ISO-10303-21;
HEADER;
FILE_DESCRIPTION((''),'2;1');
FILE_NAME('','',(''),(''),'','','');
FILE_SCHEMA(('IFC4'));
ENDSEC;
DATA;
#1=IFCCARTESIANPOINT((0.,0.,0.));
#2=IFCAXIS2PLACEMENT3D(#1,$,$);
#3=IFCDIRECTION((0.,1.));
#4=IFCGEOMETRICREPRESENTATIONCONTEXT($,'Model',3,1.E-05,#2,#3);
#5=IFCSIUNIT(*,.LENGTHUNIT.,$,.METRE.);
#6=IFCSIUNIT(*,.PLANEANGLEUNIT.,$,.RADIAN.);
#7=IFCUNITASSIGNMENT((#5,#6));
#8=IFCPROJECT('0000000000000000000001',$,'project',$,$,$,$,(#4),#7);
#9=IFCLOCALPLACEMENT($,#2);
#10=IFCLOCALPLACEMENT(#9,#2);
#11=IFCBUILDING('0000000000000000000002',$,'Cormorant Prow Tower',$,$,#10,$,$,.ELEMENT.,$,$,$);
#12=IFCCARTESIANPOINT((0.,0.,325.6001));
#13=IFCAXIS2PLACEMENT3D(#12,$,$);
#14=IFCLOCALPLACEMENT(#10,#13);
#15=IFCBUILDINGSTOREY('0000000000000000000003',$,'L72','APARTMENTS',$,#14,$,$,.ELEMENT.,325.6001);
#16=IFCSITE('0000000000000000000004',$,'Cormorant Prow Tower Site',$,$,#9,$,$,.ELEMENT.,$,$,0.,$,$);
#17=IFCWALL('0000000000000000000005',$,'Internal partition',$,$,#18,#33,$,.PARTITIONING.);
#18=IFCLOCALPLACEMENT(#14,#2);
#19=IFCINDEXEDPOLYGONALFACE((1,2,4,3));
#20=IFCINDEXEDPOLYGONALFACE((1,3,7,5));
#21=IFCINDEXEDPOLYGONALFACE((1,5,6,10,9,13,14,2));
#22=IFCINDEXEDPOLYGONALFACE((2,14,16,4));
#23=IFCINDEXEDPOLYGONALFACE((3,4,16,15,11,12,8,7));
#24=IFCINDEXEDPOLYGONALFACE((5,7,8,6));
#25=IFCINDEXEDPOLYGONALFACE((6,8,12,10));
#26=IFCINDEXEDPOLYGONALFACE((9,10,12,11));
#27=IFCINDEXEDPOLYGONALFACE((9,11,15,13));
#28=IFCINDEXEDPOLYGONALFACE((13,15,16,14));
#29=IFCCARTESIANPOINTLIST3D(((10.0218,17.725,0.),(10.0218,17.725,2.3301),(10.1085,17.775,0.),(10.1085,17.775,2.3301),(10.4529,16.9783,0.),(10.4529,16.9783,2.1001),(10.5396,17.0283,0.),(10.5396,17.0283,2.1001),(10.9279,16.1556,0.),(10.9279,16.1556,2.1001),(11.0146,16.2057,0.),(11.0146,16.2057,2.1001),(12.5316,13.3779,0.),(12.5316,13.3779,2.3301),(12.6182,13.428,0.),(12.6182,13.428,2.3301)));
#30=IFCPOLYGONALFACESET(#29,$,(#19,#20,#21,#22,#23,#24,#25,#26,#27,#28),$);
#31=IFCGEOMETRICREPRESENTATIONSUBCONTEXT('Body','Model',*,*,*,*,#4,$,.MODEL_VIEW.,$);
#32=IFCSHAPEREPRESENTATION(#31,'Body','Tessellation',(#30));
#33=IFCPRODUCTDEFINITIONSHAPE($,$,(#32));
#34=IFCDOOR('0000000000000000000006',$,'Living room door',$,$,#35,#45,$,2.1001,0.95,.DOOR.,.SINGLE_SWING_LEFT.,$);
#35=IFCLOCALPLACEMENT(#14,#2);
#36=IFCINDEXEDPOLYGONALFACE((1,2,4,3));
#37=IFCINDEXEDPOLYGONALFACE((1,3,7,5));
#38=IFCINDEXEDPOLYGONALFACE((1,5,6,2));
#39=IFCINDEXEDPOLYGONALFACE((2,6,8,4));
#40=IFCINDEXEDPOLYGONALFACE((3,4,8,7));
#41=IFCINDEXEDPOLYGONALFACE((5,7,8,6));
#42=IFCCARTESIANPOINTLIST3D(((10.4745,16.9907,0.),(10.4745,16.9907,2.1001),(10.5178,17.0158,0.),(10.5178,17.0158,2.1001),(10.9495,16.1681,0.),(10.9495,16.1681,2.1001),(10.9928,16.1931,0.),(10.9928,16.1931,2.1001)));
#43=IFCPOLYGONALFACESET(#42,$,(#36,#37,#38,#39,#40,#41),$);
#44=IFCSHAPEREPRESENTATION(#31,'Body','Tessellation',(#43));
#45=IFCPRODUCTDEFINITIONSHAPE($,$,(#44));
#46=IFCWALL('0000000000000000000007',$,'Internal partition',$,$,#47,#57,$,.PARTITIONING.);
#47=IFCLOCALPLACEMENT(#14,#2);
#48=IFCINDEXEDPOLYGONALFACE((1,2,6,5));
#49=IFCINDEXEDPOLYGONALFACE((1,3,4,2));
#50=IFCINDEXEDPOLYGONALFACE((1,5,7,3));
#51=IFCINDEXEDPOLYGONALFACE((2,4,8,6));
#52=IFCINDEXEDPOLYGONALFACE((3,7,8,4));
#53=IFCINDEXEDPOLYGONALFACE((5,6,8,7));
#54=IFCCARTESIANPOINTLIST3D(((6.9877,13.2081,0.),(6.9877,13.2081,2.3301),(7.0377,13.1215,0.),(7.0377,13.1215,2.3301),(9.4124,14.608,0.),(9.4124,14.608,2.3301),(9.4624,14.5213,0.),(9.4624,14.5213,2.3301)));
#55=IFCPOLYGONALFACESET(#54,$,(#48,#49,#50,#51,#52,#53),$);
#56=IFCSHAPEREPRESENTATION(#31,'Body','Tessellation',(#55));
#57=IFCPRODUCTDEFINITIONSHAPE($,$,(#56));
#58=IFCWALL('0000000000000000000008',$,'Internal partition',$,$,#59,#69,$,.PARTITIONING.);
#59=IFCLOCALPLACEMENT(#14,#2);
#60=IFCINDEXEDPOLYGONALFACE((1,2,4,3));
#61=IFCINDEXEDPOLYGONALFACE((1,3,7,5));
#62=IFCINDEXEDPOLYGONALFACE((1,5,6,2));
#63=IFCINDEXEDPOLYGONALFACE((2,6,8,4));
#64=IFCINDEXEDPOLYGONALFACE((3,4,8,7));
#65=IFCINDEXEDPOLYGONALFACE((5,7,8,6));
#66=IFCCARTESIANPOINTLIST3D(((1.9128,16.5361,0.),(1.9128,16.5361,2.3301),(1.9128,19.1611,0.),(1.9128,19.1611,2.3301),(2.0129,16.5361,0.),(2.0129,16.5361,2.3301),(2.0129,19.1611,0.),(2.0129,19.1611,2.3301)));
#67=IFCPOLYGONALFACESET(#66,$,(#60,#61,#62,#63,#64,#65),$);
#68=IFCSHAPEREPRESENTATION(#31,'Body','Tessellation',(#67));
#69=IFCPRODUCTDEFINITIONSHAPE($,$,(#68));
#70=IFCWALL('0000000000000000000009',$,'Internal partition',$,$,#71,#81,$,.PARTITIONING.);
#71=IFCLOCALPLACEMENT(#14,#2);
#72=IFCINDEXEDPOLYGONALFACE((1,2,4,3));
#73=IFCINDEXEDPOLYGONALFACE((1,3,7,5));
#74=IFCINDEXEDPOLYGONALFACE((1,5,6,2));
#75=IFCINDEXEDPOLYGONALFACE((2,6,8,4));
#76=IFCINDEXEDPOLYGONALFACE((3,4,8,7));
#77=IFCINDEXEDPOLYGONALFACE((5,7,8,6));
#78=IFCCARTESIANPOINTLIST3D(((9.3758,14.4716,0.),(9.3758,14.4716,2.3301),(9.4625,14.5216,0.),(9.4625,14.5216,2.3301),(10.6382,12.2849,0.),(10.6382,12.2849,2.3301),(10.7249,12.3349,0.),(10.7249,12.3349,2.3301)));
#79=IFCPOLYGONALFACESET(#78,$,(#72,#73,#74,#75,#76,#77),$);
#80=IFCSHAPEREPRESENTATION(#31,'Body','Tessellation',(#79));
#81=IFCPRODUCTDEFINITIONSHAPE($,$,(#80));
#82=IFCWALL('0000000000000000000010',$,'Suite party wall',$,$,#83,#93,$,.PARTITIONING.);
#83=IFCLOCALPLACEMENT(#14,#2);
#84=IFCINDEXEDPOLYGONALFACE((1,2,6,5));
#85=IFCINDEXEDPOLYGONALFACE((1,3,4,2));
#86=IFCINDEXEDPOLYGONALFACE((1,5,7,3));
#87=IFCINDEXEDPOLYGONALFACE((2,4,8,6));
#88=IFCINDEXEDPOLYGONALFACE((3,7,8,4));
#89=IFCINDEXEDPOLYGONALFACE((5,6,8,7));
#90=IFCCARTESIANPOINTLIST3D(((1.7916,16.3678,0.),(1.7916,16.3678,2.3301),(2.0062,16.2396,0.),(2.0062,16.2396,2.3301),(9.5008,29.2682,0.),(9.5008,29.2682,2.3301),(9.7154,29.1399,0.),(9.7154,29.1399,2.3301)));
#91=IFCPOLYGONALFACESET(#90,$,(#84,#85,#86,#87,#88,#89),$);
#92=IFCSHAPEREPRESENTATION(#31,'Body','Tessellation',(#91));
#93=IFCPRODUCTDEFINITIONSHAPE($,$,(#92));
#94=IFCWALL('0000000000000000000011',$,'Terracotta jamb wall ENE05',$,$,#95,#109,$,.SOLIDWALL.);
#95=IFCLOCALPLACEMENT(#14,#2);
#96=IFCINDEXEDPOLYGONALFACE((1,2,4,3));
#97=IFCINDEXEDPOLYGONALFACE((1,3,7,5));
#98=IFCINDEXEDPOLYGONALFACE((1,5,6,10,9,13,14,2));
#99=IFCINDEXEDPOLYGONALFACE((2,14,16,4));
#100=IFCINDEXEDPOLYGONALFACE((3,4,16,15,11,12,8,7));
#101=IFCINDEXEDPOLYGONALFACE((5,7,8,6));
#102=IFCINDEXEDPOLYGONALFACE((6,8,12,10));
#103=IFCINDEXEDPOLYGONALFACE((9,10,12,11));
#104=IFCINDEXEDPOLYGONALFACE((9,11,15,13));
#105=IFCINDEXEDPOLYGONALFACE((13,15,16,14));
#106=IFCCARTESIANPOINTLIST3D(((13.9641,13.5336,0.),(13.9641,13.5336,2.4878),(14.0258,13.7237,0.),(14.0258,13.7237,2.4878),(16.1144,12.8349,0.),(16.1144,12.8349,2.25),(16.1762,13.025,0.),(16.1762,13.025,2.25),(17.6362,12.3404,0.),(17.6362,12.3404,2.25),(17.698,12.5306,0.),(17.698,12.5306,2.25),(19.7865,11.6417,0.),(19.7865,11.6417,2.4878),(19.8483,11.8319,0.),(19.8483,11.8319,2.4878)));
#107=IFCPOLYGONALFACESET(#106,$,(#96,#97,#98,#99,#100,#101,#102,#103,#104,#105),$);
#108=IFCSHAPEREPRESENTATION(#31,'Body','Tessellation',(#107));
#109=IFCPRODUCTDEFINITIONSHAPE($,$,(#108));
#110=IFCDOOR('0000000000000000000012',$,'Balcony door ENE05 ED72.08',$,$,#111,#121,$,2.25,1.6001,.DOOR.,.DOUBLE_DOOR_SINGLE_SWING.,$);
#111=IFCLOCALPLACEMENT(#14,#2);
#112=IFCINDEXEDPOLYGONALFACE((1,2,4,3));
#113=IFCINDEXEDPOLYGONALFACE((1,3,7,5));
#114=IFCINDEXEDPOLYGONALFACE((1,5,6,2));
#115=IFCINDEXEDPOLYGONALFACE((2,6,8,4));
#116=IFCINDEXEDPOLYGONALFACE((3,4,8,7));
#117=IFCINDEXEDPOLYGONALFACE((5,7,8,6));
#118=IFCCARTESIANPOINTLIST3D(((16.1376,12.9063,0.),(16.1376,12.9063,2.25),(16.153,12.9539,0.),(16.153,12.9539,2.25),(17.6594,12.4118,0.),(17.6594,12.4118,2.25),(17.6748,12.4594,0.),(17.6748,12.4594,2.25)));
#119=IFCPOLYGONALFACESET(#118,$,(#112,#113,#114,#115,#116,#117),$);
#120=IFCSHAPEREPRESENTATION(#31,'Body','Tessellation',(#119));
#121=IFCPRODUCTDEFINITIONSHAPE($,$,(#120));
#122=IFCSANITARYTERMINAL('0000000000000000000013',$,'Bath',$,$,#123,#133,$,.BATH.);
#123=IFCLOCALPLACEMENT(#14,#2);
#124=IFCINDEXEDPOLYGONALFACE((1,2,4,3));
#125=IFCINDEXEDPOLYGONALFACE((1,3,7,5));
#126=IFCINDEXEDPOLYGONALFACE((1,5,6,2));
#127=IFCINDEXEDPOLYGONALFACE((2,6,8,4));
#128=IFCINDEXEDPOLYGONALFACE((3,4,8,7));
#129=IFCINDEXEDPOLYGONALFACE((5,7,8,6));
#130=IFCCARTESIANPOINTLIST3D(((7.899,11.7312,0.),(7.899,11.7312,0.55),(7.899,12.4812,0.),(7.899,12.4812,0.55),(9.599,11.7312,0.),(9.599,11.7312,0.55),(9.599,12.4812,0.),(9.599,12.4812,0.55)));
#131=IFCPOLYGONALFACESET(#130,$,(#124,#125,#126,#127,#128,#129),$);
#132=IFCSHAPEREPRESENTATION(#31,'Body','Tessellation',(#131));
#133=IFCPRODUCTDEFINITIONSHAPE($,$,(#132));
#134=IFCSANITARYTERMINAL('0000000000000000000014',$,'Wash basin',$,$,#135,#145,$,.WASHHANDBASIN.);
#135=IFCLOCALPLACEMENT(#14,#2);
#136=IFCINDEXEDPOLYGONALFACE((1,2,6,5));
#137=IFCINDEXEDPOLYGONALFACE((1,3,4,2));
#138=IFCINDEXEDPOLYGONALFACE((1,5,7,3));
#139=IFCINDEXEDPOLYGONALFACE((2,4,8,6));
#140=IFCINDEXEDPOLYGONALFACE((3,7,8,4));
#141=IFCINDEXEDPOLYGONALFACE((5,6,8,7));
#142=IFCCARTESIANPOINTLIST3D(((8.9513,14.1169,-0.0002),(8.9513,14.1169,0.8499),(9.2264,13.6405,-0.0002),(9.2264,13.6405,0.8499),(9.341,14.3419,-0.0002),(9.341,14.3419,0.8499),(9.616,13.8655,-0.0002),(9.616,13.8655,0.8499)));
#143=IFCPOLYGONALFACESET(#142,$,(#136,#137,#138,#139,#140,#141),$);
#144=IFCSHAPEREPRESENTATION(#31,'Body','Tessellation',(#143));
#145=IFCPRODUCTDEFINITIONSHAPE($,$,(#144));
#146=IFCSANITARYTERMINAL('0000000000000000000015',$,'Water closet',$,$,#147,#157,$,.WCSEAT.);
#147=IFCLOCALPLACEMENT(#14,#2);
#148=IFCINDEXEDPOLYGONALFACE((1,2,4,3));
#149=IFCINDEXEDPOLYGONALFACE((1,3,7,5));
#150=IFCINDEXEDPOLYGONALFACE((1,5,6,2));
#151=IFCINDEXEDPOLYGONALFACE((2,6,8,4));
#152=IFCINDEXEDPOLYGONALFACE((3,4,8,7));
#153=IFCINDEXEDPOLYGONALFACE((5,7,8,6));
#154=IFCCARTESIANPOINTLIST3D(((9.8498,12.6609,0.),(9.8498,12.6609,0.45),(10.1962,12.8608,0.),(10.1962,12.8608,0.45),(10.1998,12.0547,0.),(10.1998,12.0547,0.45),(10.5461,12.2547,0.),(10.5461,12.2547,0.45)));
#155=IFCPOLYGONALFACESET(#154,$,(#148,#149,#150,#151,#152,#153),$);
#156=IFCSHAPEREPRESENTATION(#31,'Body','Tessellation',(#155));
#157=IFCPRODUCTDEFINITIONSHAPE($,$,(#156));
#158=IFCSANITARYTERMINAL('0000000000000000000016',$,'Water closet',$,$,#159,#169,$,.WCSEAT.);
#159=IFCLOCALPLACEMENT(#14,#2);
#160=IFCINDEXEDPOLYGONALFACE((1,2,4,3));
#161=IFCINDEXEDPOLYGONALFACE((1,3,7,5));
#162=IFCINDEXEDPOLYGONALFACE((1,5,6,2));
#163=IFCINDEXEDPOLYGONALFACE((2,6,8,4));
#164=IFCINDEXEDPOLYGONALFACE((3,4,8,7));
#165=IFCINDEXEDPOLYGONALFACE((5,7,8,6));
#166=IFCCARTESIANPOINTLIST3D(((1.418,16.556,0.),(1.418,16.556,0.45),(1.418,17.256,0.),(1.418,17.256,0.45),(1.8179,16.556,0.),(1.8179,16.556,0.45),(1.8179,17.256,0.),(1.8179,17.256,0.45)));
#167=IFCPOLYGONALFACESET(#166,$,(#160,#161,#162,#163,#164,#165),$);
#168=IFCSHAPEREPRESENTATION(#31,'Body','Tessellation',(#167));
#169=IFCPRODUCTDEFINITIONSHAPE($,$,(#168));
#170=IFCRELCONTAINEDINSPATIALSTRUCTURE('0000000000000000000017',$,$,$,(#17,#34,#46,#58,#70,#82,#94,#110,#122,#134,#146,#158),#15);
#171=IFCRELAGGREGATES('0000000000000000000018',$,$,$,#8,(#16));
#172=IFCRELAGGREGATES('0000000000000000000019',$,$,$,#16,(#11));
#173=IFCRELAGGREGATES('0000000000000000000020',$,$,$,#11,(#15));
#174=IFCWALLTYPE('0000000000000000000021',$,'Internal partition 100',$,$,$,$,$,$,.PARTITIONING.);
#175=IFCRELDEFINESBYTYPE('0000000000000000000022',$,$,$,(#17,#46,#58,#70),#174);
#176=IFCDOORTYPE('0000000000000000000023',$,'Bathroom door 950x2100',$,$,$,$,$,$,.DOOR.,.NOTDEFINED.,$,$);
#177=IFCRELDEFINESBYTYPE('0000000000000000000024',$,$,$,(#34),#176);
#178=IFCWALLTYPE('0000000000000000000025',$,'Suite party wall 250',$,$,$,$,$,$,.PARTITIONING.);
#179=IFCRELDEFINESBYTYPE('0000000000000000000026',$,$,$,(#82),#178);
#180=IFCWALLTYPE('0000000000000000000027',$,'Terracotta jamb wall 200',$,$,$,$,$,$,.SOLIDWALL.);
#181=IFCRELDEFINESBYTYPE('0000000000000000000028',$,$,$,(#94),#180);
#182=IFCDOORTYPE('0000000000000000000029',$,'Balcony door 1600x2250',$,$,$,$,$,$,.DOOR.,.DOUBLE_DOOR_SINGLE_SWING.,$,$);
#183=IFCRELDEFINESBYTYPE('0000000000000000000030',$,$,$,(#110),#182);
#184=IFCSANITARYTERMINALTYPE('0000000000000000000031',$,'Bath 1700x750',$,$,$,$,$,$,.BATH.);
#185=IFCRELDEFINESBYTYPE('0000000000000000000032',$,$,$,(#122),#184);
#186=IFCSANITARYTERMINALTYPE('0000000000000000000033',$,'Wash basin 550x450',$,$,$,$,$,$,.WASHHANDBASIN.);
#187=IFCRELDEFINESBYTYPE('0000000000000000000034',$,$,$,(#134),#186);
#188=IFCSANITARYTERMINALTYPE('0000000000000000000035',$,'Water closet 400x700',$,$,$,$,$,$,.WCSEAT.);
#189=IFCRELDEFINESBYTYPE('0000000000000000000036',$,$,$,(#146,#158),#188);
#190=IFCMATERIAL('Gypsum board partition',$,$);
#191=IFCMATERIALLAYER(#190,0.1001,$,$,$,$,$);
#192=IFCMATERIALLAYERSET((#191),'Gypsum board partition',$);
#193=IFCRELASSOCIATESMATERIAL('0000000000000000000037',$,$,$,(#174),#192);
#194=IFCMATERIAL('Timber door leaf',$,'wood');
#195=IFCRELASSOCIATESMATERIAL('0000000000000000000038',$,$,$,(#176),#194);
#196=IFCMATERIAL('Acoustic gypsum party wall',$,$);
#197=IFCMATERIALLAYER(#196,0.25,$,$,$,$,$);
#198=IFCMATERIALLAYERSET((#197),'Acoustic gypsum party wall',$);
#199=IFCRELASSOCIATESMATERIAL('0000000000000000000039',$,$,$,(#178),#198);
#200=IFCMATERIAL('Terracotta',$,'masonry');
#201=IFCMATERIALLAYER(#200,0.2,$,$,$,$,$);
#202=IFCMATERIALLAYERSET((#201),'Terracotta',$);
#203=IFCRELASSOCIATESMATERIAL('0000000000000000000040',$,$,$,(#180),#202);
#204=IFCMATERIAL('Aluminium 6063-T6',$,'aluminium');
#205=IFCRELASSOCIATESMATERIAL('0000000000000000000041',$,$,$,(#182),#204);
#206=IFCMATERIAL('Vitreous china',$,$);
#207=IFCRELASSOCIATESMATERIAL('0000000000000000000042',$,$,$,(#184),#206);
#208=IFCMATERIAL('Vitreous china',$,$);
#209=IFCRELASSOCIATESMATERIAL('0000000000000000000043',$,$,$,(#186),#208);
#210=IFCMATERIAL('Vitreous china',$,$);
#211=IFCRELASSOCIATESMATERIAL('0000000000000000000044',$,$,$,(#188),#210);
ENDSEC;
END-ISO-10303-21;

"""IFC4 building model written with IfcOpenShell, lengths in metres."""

from ifc_helpers import new_model, si_unit, direction, frame, frame_2d, origin, origin_2d, place, context, subcontext, project, spatial, rectangle, extrude, material, layer, layer_set, type_object, element, fill, save


model = new_model("IFC4")

# Units and contexts
model_context = context("Model", 3, precision=1e-05, world=origin(), true_north=direction((0.0, 1.0)))
body_context = subcontext(model_context, "Body", "Model", "MODEL_VIEW")
ifc_project = project(units=[si_unit("LENGTHUNIT", "METRE"), si_unit("PLANEANGLEUNIT", "RADIAN")], contexts=[model_context])

# Site, building, storey
site_placement = place(None, origin())
site = spatial("IfcSite", under=ifc_project, at=site_placement, Name="Cormorant Prow Tower Site", CompositionType="ELEMENT", RefElevation=0.0)
building_placement = place(site_placement, origin())
building = spatial("IfcBuilding", under=site, at=building_placement, Name="Cormorant Prow Tower", CompositionType="ELEMENT")
storey_placement = place(building_placement, frame((0.0, 0.0, 325.6001)))
storey = spatial("IfcBuildingStorey", under=building, at=storey_placement, Name="L72", Description="APARTMENTS", CompositionType="ELEMENT", Elevation=325.6001)

# Shared definitions
ifc_material_1 = material(Name="Gypsum board partition")
ifc_layer_1 = layer(ifc_material_1, 0.1001)
ifc_layer_set_1 = layer_set([ifc_layer_1], Name="Gypsum board partition")
wall_type_1 = type_object("IfcWallType", Name="Internal partition 100", PredefinedType="PARTITIONING", material=ifc_layer_set_1)
ifc_material_2 = material(Name="Timber door leaf", Category="wood")
door_type_1 = type_object("IfcDoorType", Name="Bathroom door 950x2100", OperationType="NOTDEFINED", PredefinedType="DOOR", material=ifc_material_2)

# Wall, opening, door
wall_1_placement = place(storey_placement, frame((10.0652, 17.75, 0.0), z_axis=(0.0, 0.0, 1.0), x_axis=(0.499989, -0.866032, 0.0)))
wall_1 = element("IfcWall", 1, at=wall_1_placement, inside=storey, type_object=wall_type_1, Name="Internal partition", PredefinedType="PARTITIONING", context=body_context, shape_type="SweptSolid", body=[
    extrude(rectangle(XDim=5.0195, YDim=0.1001, at=frame_2d((2.5098, 0.0))), origin(), (0.0, 0.0, 1.0), 2.3301),
])
opening_1_placement = place(wall_1_placement, frame((0.8621, 0.0, 0.0)))
opening_1 = element("IfcOpeningElement", 2, at=opening_1_placement, cuts=wall_1, PredefinedType="OPENING", context=body_context, shape_type="SweptSolid", body=[
    extrude(rectangle(XDim=0.95, YDim=2.1001, at=frame_2d((0.4751, 1.05))), frame((0.0, 0.0601, 0.0), z_axis=(0.0, -1.0, 0.0), x_axis=(1.0, 0.0, 0.0)), (0.0, 0.0, 1.0), 0.1201),
])
door_1_placement = place(opening_1_placement, origin())
door_1 = element("IfcDoor", 3, at=door_1_placement, inside=storey, type_object=door_type_1, Name="Living room door", OperationType="SINGLE_SWING_LEFT", OverallHeight=2.1001, OverallWidth=0.95, PredefinedType="DOOR", context=body_context, shape_type="SweptSolid", body=[
    extrude(rectangle(XDim=0.95, YDim=2.1001, at=frame_2d((0.4751, 1.05))), frame((0.0, 0.0249, 0.0), z_axis=(0.0, -1.0, 0.0), x_axis=(1.0, 0.0, 0.0)), (0.0, 0.0, 1.0), 0.05),
])
fill(opening_1, door_1)

# Walls
wall_2_placement = place(storey_placement, frame((7.0127, 13.1648, 0.0), z_axis=(0.0, 0.0, 1.0), x_axis=(0.866035, 0.499984, 0.0)))
element("IfcWall", 4, at=wall_2_placement, inside=storey, type_object=wall_type_1, Name="Internal partition", PredefinedType="PARTITIONING", context=body_context, shape_type="SweptSolid", body=[
    extrude(rectangle(XDim=2.7998, YDim=0.1001, at=frame_2d((1.3999, 0.0))), origin(), (0.0, 0.0, 1.0), 2.3301),
])
wall_3_placement = place(storey_placement, frame((1.9629, 16.5361, 0.0), z_axis=(0.0, 0.0, 1.0), x_axis=(0.0, 1.0, 0.0)))
element("IfcWall", 5, at=wall_3_placement, inside=storey, type_object=wall_type_1, Name="Internal partition", PredefinedType="PARTITIONING", context=body_context, shape_type="SweptSolid", body=[
    extrude(rectangle(XDim=2.625, YDim=0.1001, at=frame_2d((1.3125, 0.0))), origin(), (0.0, 0.0, 1.0), 2.3301),
])
wall_4_placement = place(storey_placement, frame((9.4192, 14.4966, 0.0), z_axis=(0.0, 0.0, 1.0), x_axis=(0.499976, -0.866039, 0.0)))
element("IfcWall", 6, at=wall_4_placement, inside=storey, type_object=wall_type_1, Name="Internal partition", PredefinedType="PARTITIONING", context=body_context, shape_type="SweptSolid", body=[
    extrude(rectangle(XDim=2.5249, YDim=0.1001, at=frame_2d((1.2625, 0.0))), origin(), (0.0, 0.0, 1.0), 2.3301),
])
ifc_material_3 = material(Name="Acoustic gypsum party wall")
ifc_layer_2 = layer(ifc_material_3, 0.25)
ifc_layer_set_2 = layer_set([ifc_layer_2], Name="Acoustic gypsum party wall")
wall_type_2 = type_object("IfcWallType", Name="Suite party wall 250", PredefinedType="PARTITIONING", material=ifc_layer_set_2)
wall_5_placement = place(storey_placement, frame((1.8989, 16.3037, 0.0), z_axis=(0.0, 0.0, 1.0), x_axis=(0.512978, 0.858402, 0.0)))
element("IfcWall", 7, at=wall_5_placement, inside=storey, type_object=wall_type_2, Name="Suite party wall", PredefinedType="PARTITIONING", context=body_context, shape_type="SweptSolid", body=[
    extrude(rectangle(XDim=15.0283, YDim=0.25, at=frame_2d((7.5142, 0.0))), origin(), (0.0, 0.0, 1.0), 2.3301),
])

# Wall, opening, door
ifc_material_4 = material(Name="Terracotta", Category="masonry")
ifc_layer_3 = layer(ifc_material_4, 0.2)
ifc_layer_set_3 = layer_set([ifc_layer_3], Name="Terracotta")
wall_type_3 = type_object("IfcWallType", Name="Terracotta jamb wall 200", PredefinedType="SOLIDWALL", material=ifc_layer_set_3)
wall_6_placement = place(storey_placement, frame((19.8174, 11.7368, 0.0), z_axis=(0.0, 0.0, 1.0), x_axis=(-0.951057, 0.309017, 0.0)))
wall_6 = element("IfcWall", 8, at=wall_6_placement, inside=storey, type_object=wall_type_3, Name="Terracotta jamb wall ENE05", PredefinedType="SOLIDWALL", context=body_context, shape_type="SweptSolid", body=[
    extrude(rectangle(XDim=6.1221, YDim=0.2, at=frame_2d((3.061, 0.0))), origin(), (0.0, 0.0, 1.0), 2.4878),
])
opening_2_placement = place(wall_6_placement, frame((2.261, 0.0, 0.0)))
opening_2 = element("IfcOpeningElement", 9, at=opening_2_placement, cuts=wall_6, PredefinedType="OPENING", context=body_context, shape_type="SweptSolid", body=[
    extrude(rectangle(XDim=1.6001, YDim=2.25, at=frame_2d((0.8, 1.125))), frame((0.0, 0.1099, 0.0), z_axis=(0.0, -1.0, 0.0), x_axis=(1.0, 0.0, 0.0)), (0.0, 0.0, 1.0), 0.22),
])
ifc_material_5 = material(Name="Aluminium 6063-T6", Category="aluminium")
door_type_2 = type_object("IfcDoorType", Name="Balcony door 1600x2250", OperationType="DOUBLE_DOOR_SINGLE_SWING", PredefinedType="DOOR", material=ifc_material_5)
door_2_placement = place(opening_2_placement, origin())
door_2 = element("IfcDoor", 10, at=door_2_placement, inside=storey, type_object=door_type_2, Name="Balcony door ENE05 ED72.08", OperationType="DOUBLE_DOOR_SINGLE_SWING", OverallHeight=2.25, OverallWidth=1.6001, PredefinedType="DOOR", context=body_context, shape_type="SweptSolid", body=[
    extrude(rectangle(XDim=1.6001, YDim=2.25, at=frame_2d((0.8, 1.125))), frame((0.0, 0.0249, 0.0), z_axis=(0.0, -1.0, 0.0), x_axis=(1.0, 0.0, 0.0)), (0.0, 0.0, 1.0), 0.05),
])
fill(opening_2, door_2)

# Sanitary terminals
ifc_material_6 = material(Name="Vitreous china")
sanitary_terminal_type_1 = type_object("IfcSanitaryTerminalType", Name="Bath 1700x750", PredefinedType="BATH", material=ifc_material_6)
sanitary_terminal_1_placement = place(storey_placement, frame((8.749, 12.1062, 0.0), z_axis=(0.0, 0.0, 1.0), x_axis=(1.0, 0.0, 0.0)))
element("IfcSanitaryTerminal", 11, at=sanitary_terminal_1_placement, inside=storey, type_object=sanitary_terminal_type_1, Name="Bath", PredefinedType="BATH", context=body_context, shape_type="SweptSolid", body=[
    extrude(rectangle(XDim=1.7, YDim=0.75, at=origin_2d()), origin(), (0.0, 0.0, 1.0), 0.55),
])
ifc_material_7 = material(Name="Vitreous china")
sanitary_terminal_type_2 = type_object("IfcSanitaryTerminalType", Name="Wash basin 550x450", PredefinedType="WASHHANDBASIN", material=ifc_material_7)
sanitary_terminal_2_placement = place(storey_placement, frame((9.2837, 13.9912, -0.0002), z_axis=(0.0, 0.0, 1.0), x_axis=(0.5, -0.866025, 0.0)))
element("IfcSanitaryTerminal", 12, at=sanitary_terminal_2_placement, inside=storey, type_object=sanitary_terminal_type_2, Name="Wash basin", PredefinedType="WASHHANDBASIN", context=body_context, shape_type="SweptSolid", body=[
    extrude(rectangle(XDim=0.55, YDim=0.45, at=origin_2d()), origin(), (0.0, 0.0, 1.0), 0.8501),
])
ifc_material_8 = material(Name="Vitreous china")
sanitary_terminal_type_3 = type_object("IfcSanitaryTerminalType", Name="Water closet 400x700", PredefinedType="WCSEAT", material=ifc_material_8)
for number, where, z_axis, x_axis, name in (
    (13, (10.198, 12.4578, 0.0), (0.0, 0.0, 1.0), (-0.866025, -0.5, 0.0), "Water closet"),
    (14, (1.6179, 16.906, 0.0), (0.0, 0.0, 1.0), (-1.0, 0.0, 0.0), "Water closet"),
):
    element("IfcSanitaryTerminal", number, at=place(storey_placement, frame(where, z_axis=z_axis, x_axis=x_axis)), inside=storey, type_object=sanitary_terminal_type_3, Name=name, PredefinedType="WCSEAT", context=body_context, shape_type="SweptSolid", body=[
        extrude(rectangle(XDim=0.3999, YDim=0.7, at=origin_2d()), origin(), (0.0, 0.0, 1.0), 0.45),
    ])

save(model, "model.ifc")
